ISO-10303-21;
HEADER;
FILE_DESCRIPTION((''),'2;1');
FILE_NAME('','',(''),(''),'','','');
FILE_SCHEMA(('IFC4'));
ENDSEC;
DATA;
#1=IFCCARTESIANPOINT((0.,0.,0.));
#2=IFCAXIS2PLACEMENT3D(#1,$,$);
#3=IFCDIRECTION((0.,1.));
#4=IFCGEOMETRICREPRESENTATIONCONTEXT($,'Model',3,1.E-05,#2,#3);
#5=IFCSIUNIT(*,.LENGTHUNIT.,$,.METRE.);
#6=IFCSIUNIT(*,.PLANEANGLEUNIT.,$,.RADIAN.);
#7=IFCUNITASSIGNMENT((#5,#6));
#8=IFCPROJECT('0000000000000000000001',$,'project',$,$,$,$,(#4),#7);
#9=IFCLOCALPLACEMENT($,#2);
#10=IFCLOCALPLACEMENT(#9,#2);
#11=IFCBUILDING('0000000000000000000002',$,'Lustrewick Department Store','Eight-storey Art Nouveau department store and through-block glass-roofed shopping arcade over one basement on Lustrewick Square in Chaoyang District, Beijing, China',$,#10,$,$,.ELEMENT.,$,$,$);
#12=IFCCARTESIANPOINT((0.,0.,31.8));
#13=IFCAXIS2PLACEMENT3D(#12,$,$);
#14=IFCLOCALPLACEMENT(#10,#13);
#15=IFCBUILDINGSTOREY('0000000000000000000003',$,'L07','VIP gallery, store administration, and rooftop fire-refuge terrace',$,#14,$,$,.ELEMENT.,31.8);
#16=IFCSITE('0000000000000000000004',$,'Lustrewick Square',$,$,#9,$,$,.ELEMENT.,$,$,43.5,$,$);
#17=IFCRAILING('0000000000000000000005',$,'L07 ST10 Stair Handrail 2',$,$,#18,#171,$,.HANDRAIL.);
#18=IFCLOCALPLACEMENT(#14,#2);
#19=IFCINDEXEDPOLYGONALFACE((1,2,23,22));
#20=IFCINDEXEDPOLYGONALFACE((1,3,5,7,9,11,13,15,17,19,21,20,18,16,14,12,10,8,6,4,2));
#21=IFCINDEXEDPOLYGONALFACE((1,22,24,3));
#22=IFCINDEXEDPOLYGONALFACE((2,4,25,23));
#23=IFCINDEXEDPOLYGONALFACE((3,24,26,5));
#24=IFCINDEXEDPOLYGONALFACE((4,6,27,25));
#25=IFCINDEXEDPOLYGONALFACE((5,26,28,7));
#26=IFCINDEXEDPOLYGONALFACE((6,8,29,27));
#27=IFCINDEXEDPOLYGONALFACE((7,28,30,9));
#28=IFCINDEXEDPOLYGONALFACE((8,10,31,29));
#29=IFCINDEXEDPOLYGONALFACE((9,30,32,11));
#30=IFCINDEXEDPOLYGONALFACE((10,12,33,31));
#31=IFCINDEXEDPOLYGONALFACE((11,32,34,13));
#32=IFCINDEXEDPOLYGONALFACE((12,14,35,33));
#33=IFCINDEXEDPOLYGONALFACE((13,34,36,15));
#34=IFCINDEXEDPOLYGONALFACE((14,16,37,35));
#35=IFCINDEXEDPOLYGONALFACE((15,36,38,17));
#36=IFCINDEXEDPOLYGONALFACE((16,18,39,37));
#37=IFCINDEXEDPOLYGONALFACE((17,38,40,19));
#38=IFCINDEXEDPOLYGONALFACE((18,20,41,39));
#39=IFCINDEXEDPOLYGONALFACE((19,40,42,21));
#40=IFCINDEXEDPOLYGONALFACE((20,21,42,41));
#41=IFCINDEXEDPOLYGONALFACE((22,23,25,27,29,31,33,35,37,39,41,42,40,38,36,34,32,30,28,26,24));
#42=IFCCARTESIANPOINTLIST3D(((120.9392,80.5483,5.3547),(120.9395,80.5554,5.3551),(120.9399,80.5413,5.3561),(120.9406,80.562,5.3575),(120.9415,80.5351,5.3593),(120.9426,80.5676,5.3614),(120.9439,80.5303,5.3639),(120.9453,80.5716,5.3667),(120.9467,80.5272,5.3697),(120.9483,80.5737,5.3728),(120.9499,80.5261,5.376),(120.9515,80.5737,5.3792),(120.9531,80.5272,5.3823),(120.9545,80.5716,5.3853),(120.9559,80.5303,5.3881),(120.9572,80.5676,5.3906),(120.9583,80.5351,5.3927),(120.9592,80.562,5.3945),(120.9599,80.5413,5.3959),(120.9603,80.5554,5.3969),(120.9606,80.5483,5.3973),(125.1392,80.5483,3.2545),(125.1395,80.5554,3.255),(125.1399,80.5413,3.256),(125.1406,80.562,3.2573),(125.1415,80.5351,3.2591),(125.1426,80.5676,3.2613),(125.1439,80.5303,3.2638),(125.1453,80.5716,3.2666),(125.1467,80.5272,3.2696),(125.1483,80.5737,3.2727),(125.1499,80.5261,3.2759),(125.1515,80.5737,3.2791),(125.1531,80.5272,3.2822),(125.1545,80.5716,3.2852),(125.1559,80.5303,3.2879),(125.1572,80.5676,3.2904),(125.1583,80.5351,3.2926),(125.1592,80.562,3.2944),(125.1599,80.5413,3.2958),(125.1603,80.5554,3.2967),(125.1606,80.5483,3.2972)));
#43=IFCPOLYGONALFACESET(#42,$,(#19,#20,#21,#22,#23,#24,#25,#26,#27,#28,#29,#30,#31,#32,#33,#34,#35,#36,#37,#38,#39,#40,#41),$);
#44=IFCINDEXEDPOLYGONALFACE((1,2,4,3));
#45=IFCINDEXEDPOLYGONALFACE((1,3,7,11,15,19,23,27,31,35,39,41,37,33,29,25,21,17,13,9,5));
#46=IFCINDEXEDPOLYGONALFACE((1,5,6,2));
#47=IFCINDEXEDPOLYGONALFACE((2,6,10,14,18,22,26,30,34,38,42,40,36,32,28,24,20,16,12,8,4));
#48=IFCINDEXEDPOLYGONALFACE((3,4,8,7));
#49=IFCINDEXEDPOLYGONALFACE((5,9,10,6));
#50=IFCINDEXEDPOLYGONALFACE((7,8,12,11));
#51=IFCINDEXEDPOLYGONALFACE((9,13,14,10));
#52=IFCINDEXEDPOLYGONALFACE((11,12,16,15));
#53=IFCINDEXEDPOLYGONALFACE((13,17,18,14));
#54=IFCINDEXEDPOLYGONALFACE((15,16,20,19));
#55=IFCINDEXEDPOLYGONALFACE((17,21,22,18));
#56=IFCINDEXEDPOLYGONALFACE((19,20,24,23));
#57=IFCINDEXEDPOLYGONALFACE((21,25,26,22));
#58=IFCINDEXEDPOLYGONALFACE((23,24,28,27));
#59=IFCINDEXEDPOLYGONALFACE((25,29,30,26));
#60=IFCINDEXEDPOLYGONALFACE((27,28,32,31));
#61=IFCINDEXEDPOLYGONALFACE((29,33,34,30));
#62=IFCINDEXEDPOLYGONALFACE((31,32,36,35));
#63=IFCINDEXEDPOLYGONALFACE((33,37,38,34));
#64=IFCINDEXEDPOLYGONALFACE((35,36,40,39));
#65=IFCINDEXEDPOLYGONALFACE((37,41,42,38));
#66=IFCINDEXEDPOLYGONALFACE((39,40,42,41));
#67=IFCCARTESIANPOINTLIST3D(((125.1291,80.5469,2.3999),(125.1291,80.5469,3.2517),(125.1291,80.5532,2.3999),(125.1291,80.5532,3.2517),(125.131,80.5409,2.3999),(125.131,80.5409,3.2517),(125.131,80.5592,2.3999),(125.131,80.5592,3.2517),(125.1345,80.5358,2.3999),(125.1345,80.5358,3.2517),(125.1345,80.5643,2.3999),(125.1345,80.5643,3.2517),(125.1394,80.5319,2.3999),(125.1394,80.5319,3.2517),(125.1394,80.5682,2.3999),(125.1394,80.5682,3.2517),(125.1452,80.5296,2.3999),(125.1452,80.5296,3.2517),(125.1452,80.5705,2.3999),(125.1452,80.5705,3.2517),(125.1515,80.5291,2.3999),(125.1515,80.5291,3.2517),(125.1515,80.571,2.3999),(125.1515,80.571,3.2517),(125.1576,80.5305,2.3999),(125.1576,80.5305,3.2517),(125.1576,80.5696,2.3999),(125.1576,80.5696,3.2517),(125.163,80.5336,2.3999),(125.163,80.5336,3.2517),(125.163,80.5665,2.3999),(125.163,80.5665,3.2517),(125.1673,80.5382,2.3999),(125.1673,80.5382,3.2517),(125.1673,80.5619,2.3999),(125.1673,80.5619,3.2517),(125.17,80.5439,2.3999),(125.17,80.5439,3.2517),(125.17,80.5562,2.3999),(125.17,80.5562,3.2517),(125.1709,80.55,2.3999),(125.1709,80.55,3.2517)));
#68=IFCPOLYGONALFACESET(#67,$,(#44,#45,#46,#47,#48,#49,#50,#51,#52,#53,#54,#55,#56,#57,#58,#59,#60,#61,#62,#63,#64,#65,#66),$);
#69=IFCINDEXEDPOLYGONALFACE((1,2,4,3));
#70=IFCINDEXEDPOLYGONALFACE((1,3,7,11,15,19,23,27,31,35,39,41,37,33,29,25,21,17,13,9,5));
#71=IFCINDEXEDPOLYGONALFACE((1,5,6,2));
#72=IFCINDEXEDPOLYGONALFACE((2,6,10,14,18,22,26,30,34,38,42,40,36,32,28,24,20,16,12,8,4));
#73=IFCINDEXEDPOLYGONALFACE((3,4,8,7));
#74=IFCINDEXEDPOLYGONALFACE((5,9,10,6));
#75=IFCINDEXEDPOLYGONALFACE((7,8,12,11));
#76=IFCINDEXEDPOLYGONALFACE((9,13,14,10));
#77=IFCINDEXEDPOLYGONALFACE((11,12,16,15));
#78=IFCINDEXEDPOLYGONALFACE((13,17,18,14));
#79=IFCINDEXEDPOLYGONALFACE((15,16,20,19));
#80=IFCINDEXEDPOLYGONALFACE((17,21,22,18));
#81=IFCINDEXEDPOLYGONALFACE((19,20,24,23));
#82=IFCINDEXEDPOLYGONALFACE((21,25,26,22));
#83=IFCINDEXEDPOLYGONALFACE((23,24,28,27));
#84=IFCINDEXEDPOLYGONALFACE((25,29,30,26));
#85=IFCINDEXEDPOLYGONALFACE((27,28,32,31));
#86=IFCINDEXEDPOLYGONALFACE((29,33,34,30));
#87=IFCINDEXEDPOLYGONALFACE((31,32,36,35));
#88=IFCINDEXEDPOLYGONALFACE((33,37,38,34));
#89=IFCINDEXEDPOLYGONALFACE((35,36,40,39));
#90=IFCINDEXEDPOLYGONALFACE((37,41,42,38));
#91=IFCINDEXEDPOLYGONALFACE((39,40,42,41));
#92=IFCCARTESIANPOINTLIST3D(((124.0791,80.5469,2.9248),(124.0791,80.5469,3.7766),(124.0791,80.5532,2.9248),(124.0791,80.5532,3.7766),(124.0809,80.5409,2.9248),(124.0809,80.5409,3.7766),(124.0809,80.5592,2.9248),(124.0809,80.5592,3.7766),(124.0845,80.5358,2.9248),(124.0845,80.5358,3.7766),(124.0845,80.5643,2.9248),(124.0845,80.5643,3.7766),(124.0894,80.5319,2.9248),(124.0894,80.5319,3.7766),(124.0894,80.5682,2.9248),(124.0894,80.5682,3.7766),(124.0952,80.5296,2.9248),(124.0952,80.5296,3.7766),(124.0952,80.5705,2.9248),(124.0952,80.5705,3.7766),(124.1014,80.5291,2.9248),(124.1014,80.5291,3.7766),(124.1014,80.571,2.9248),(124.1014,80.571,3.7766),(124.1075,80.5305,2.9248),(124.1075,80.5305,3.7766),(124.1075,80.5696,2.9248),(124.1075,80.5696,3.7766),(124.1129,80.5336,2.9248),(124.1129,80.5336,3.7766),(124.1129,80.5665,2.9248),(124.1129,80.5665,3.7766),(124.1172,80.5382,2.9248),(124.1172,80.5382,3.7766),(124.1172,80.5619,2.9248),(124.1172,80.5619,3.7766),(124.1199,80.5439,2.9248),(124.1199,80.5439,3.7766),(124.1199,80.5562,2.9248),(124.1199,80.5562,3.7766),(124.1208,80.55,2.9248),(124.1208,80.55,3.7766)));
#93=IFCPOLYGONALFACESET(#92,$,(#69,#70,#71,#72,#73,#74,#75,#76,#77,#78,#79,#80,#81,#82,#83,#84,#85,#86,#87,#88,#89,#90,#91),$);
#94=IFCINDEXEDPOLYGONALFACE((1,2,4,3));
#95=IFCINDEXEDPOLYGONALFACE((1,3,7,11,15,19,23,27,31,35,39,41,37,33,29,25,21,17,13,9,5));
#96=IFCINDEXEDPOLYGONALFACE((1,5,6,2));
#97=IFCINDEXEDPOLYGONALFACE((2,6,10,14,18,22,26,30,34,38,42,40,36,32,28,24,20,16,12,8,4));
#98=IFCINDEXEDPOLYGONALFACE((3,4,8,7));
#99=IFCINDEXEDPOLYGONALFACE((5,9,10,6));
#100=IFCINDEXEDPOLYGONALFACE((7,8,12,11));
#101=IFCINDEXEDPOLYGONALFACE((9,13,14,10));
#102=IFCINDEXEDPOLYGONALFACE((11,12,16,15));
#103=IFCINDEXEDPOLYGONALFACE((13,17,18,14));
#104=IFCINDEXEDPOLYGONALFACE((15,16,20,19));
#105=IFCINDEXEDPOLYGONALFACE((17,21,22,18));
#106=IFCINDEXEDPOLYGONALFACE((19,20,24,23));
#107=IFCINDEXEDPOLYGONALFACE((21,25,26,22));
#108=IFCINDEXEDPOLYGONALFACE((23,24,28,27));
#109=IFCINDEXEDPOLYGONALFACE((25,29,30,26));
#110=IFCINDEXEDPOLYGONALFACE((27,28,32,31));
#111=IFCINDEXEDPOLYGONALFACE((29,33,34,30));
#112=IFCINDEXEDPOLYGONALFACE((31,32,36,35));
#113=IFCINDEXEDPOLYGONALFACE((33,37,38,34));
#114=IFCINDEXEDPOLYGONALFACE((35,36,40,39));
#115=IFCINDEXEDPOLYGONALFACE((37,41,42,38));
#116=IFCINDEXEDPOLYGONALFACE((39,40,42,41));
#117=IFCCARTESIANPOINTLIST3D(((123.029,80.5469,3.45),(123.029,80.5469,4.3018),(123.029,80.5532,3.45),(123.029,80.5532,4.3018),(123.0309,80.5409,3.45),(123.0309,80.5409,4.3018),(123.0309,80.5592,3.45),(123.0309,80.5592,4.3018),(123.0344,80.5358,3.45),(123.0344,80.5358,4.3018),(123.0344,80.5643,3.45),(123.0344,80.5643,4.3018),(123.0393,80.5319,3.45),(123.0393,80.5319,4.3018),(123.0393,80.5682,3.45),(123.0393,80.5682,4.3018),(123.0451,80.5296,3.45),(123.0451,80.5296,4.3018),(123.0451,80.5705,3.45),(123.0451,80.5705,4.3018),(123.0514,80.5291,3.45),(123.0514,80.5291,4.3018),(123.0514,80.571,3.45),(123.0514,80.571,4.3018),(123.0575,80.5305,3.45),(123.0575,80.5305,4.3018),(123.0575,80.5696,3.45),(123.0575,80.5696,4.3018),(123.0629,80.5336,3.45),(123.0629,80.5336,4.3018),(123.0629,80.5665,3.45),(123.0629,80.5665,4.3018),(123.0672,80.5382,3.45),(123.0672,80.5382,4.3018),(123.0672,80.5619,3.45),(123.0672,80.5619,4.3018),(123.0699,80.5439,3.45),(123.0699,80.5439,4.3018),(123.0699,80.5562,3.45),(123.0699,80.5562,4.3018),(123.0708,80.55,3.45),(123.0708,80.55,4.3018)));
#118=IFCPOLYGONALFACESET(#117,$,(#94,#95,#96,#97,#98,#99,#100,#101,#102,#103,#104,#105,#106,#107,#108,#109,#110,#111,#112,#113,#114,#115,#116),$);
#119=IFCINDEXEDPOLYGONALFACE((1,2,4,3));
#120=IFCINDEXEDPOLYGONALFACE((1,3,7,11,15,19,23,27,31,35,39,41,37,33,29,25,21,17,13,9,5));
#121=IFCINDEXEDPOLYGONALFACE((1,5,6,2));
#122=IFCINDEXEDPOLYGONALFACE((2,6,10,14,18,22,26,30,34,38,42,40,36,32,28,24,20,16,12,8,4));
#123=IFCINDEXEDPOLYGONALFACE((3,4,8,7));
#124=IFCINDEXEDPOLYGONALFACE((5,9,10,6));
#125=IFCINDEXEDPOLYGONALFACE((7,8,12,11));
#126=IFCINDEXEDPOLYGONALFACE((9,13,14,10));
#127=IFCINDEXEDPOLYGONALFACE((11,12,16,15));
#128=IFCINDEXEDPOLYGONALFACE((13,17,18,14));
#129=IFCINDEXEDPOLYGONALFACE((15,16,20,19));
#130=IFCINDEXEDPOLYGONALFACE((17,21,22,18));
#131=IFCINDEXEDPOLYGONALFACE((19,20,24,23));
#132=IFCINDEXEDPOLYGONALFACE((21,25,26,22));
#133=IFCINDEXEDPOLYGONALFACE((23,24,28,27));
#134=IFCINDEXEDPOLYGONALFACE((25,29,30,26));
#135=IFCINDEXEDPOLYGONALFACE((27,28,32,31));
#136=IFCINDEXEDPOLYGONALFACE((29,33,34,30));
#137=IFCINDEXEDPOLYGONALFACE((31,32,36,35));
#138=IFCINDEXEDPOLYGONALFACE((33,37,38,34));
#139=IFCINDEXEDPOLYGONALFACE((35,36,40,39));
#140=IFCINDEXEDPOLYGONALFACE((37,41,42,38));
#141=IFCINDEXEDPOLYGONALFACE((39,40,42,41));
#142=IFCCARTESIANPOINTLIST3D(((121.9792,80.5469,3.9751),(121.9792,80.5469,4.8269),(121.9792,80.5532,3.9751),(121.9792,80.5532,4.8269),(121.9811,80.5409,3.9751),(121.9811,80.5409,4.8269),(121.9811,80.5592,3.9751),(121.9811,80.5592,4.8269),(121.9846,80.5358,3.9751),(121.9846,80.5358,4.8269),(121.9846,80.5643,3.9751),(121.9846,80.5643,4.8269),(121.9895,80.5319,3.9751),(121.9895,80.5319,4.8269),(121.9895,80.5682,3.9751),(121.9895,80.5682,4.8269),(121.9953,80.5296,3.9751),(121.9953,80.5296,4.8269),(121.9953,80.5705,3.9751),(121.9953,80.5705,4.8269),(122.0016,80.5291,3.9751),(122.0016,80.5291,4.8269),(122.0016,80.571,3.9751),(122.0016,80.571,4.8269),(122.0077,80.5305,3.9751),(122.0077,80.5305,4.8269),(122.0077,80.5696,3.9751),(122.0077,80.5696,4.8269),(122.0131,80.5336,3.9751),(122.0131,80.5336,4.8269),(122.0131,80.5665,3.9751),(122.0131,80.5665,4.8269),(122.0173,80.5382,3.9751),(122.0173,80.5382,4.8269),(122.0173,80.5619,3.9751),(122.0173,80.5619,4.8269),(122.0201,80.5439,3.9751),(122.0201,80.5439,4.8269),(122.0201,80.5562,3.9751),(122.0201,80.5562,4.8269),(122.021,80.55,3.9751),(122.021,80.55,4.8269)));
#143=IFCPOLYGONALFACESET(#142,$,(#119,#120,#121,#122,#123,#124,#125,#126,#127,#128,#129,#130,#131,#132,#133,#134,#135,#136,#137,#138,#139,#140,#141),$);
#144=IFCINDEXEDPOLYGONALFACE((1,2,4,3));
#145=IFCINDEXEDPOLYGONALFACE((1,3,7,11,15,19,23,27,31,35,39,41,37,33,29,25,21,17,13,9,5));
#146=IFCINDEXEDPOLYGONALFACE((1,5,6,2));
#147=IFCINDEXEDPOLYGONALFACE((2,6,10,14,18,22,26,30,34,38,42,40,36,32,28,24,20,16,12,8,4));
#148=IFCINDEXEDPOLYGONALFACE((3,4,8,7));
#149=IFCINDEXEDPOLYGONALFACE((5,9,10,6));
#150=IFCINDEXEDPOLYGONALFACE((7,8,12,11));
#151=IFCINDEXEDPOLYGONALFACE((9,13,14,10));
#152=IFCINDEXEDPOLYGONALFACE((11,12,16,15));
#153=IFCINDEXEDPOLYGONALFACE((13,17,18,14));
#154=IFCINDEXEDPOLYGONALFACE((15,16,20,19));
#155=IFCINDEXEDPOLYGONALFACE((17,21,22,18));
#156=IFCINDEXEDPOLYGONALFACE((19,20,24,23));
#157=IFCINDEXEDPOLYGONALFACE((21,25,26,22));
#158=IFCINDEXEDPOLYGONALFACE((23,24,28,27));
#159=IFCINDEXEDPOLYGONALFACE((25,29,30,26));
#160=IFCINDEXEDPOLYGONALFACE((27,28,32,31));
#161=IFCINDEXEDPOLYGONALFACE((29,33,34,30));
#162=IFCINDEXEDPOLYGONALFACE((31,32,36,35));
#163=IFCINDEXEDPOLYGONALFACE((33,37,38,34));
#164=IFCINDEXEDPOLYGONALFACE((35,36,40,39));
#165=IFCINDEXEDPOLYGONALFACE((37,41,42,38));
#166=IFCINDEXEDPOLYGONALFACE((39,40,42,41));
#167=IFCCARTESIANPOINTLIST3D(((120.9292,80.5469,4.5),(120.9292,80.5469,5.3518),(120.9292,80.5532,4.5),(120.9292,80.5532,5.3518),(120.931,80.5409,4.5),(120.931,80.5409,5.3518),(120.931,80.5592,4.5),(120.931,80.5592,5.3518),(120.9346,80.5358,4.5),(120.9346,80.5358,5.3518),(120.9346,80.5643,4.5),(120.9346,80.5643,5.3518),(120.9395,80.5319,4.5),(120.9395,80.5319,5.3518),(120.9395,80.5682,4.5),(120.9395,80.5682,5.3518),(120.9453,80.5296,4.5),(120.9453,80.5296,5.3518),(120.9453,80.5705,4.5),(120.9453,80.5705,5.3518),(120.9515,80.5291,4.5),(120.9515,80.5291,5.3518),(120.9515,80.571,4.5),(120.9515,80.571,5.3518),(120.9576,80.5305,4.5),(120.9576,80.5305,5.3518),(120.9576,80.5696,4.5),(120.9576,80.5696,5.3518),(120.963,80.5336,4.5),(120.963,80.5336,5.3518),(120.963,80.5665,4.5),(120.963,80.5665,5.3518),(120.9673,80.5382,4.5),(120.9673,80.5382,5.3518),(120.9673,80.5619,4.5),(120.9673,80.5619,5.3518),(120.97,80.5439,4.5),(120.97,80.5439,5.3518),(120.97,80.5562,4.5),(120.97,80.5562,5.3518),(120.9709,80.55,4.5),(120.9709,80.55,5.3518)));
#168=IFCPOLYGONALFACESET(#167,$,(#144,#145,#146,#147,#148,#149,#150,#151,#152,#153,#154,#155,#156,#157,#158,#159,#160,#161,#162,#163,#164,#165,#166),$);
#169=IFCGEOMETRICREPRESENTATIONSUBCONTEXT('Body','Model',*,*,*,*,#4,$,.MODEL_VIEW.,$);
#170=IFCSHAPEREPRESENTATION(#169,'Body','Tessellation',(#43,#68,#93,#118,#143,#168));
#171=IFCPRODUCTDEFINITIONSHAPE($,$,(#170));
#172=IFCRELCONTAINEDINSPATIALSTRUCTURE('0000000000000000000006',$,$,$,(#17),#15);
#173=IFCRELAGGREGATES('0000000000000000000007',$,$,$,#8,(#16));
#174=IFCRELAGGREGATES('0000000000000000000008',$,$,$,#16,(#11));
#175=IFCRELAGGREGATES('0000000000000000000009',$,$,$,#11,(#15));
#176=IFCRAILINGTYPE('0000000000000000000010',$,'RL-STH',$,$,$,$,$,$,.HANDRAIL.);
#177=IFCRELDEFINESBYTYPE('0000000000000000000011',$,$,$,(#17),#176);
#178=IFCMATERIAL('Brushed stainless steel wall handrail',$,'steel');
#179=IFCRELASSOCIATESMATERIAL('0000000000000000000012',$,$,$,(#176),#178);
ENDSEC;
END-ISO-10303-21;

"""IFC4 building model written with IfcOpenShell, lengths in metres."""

from ifc_helpers import new_model, si_unit, direction, frame, origin, origin_2d, place, context, subcontext, project, spatial, circle, extrude, material, type_object, element, save


model = new_model("IFC4")

# Units and contexts
model_context = context("Model", 3, precision=1e-05, world=origin(), true_north=direction((0.0, 1.0)))
body_context = subcontext(model_context, "Body", "Model", "MODEL_VIEW")
ifc_project = project(units=[si_unit("LENGTHUNIT", "METRE"), si_unit("PLANEANGLEUNIT", "RADIAN")], contexts=[model_context])

# Site, building, storey
site_placement = place(None, origin())
site = spatial("IfcSite", under=ifc_project, at=site_placement, Name="Lustrewick Square", CompositionType="ELEMENT", RefElevation=43.5)
building_placement = place(site_placement, origin())
building = spatial("IfcBuilding", under=site, at=building_placement, Name="Lustrewick Department Store", Description="Eight-storey Art Nouveau department store and through-block glass-roofed shopping arcade over one basement on Lustrewick Square in Chaoyang District, Beijing, China", CompositionType="ELEMENT")
storey_placement = place(building_placement, frame((0.0, 0.0, 31.8)))
storey = spatial("IfcBuildingStorey", under=building, at=storey_placement, Name="L07", Description="VIP gallery, store administration, and rooftop fire-refuge terrace", CompositionType="ELEMENT", Elevation=31.8)

# Railing
ifc_material_1 = material(Name="Brushed stainless steel wall handrail", Category="steel")
railing_type_1 = type_object("IfcRailingType", Name="RL-STH", PredefinedType="HANDRAIL", material=ifc_material_1)
railing_1_placement = place(storey_placement, frame((125.1499, 80.55, 2.3999)))
element("IfcRailing", 1, at=railing_1_placement, inside=storey, type_object=railing_type_1, Name="L07 ST10 Stair Handrail 2", PredefinedType="HANDRAIL", context=body_context, shape_type="SweptSolid", body=[
    extrude(circle(Radius=0.0239, at=origin_2d()), frame((0.0, 0.0, 0.876), z_axis=(-0.894417, 0.0, 0.447234), x_axis=(0.0, -1.0, 0.0)), (0.0, 0.0, 1.0), 4.6958),
    extrude(circle(Radius=0.021, at=origin_2d()), origin(), (0.0, 0.0, 1.0), 0.8518),
    extrude(circle(Radius=0.021, at=origin_2d()), frame((-1.05, 0.0, 0.5249)), (0.0, 0.0, 1.0), 0.8518),
    extrude(circle(Radius=0.021, at=origin_2d()), frame((-2.1001, 0.0, 1.05)), (0.0, 0.0, 1.0), 0.8518),
    extrude(circle(Radius=0.021, at=origin_2d()), frame((-3.1499, 0.0, 1.5752)), (0.0, 0.0, 1.0), 0.8518),
    extrude(circle(Radius=0.021, at=origin_2d()), frame((-4.2, 0.0, 2.1001)), (0.0, 0.0, 1.0), 0.8518),
])

save(model, "model.ifc")
